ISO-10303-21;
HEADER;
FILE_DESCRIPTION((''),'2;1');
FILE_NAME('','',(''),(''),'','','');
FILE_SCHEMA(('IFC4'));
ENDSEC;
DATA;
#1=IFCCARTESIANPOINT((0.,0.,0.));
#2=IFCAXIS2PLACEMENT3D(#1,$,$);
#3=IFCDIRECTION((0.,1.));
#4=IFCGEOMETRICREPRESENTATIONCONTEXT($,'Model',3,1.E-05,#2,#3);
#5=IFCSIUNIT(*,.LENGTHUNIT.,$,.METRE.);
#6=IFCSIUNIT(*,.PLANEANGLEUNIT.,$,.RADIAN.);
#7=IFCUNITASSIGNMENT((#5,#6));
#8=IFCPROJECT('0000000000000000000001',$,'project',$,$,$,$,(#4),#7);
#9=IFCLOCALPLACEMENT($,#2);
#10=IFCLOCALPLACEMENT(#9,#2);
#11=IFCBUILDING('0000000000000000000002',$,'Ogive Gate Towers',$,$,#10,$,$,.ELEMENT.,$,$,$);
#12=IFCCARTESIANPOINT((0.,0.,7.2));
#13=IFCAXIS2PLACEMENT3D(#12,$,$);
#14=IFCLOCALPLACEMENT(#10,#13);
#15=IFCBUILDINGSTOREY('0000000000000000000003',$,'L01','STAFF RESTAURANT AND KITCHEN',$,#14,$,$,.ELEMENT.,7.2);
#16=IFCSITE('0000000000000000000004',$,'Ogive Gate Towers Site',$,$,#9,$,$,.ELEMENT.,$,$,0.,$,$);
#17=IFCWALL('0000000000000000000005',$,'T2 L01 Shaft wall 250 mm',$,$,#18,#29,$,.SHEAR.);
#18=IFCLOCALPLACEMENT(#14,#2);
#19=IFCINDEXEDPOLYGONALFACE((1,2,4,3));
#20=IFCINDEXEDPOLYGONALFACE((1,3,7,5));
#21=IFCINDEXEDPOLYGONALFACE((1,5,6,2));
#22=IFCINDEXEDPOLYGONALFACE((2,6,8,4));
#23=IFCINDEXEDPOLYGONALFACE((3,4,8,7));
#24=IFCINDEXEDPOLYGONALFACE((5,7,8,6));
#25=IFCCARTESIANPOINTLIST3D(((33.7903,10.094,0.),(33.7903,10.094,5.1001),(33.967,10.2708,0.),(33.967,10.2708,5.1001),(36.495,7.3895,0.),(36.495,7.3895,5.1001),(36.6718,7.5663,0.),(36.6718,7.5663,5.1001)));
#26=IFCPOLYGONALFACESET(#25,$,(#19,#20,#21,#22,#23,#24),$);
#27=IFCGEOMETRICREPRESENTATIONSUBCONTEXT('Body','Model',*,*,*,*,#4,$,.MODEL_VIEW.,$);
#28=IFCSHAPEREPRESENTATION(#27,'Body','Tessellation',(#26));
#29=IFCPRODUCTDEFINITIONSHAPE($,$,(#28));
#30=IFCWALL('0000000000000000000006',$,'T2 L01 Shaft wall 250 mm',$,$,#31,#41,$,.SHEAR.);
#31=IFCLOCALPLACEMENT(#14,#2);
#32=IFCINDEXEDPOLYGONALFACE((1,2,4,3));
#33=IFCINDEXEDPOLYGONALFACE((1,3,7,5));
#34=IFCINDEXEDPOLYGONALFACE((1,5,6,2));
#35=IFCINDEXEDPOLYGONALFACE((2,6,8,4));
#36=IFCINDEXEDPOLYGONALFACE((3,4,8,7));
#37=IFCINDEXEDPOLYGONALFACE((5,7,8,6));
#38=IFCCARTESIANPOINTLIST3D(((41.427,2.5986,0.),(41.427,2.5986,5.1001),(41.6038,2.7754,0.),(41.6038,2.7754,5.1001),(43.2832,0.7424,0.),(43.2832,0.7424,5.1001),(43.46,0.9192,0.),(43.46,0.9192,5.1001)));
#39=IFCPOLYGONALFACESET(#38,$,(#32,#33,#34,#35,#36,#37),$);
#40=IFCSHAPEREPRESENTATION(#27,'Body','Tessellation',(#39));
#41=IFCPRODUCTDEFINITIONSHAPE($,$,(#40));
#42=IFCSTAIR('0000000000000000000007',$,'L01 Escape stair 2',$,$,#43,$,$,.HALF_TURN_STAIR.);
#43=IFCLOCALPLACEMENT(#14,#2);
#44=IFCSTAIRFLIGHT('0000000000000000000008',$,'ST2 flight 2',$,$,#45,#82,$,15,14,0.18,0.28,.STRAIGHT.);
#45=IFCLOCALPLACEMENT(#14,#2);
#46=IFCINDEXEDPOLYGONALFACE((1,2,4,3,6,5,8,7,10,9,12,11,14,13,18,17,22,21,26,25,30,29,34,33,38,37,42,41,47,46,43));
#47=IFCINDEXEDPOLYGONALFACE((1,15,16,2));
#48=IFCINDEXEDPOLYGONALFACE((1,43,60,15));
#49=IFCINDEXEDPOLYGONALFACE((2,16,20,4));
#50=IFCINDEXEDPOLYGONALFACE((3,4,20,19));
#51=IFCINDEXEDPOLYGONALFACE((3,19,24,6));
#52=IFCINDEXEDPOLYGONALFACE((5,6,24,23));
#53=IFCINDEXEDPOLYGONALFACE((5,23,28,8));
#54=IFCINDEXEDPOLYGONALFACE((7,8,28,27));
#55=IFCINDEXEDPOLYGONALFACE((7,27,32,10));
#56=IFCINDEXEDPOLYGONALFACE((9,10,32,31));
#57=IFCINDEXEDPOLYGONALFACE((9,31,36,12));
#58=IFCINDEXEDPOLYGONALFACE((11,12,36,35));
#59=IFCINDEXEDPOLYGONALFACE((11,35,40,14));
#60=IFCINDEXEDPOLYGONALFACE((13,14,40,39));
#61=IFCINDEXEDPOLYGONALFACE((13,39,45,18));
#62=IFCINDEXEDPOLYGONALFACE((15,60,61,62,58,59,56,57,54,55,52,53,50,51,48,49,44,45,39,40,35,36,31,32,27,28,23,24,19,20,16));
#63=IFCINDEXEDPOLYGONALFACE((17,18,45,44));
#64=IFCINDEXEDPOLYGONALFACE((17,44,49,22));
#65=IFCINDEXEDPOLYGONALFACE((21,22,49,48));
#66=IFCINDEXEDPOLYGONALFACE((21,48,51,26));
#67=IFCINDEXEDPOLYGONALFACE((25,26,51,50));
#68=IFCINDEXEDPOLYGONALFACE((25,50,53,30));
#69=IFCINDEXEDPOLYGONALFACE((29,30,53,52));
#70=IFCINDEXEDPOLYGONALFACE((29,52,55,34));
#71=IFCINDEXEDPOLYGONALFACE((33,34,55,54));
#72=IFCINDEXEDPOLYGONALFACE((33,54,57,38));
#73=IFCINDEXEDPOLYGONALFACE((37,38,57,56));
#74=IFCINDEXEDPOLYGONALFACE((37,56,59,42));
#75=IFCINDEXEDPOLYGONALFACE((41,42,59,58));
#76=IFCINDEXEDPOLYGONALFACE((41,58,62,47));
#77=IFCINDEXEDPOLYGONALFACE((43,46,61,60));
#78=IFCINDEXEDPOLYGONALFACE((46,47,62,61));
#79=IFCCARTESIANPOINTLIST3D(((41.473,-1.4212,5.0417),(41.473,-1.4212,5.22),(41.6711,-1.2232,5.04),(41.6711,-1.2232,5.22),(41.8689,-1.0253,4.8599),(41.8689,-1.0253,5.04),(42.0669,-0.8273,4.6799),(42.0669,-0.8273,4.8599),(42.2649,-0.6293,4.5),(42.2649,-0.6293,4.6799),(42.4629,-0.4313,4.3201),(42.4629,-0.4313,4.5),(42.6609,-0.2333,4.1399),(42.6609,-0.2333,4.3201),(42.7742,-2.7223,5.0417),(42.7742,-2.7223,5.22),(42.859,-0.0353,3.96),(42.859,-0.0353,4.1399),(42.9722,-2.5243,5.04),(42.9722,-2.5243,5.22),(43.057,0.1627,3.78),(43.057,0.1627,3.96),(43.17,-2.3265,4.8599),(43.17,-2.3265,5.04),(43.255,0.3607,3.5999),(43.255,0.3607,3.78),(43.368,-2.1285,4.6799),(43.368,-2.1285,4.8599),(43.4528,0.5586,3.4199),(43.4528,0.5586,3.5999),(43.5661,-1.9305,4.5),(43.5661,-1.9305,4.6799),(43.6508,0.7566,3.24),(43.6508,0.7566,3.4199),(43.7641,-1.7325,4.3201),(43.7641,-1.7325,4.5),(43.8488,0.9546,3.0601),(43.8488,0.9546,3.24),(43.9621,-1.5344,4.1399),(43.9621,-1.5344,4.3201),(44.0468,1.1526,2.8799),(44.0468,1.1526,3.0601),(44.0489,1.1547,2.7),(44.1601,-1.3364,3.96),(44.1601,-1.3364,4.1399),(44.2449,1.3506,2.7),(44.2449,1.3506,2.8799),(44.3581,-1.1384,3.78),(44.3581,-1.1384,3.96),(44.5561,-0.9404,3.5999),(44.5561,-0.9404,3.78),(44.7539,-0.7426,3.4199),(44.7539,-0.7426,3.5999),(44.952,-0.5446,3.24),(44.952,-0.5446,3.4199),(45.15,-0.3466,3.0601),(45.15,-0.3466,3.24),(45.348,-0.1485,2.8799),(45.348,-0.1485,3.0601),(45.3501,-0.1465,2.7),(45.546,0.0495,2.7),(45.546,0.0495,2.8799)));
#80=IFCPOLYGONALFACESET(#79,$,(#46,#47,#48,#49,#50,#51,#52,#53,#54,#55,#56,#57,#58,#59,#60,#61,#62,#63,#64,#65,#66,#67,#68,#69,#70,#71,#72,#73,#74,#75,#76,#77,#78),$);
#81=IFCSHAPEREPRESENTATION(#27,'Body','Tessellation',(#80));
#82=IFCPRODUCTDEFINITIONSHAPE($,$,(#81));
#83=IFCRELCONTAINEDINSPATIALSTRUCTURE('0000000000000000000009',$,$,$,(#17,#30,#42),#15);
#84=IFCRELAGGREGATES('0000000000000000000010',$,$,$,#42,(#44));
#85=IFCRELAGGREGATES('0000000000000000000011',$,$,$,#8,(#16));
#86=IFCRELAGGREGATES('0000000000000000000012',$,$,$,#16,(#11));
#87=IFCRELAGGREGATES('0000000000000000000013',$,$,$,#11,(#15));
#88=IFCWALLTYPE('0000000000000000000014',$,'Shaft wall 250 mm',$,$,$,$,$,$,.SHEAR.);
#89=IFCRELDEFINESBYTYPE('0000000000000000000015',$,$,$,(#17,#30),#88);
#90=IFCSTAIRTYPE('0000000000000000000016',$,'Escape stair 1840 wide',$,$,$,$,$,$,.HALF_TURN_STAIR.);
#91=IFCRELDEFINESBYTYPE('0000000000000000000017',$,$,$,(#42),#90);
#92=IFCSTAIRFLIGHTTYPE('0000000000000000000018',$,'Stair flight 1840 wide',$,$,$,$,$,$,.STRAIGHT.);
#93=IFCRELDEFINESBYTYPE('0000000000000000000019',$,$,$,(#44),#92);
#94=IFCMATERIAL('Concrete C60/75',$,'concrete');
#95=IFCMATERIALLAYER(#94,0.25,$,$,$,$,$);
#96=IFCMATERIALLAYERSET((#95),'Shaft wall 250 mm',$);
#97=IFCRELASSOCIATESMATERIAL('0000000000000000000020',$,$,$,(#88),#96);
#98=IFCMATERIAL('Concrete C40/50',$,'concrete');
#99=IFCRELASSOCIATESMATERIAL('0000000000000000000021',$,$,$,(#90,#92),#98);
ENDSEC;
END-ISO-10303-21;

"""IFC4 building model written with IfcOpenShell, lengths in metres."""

from ifc_helpers import new_model, si_unit, direction, frame, frame_2d, origin, place, context, subcontext, project, spatial, polyline, rectangle, outline, extrude, material, layer, layer_set, type_object, element, aggregate, save


model = new_model("IFC4")

# Units and contexts
model_context = context("Model", 3, precision=1e-05, world=origin(), true_north=direction((0.0, 1.0)))
body_context = subcontext(model_context, "Body", "Model", "MODEL_VIEW")
ifc_project = project(units=[si_unit("LENGTHUNIT", "METRE"), si_unit("PLANEANGLEUNIT", "RADIAN")], contexts=[model_context])

# Site, building, storey
site_placement = place(None, origin())
site = spatial("IfcSite", under=ifc_project, at=site_placement, Name="Ogive Gate Towers Site", CompositionType="ELEMENT", RefElevation=0.0)
building_placement = place(site_placement, origin())
building = spatial("IfcBuilding", under=site, at=building_placement, Name="Ogive Gate Towers", CompositionType="ELEMENT")
storey_placement = place(building_placement, frame((0.0, 0.0, 7.2)))
storey = spatial("IfcBuildingStorey", under=building, at=storey_placement, Name="L01", Description="STAFF RESTAURANT AND KITCHEN", CompositionType="ELEMENT", Elevation=7.2)

# Shared definitions
ifc_material_1 = material(Name="Concrete C40/50", Category="concrete")

# Shared definitions
ifc_material_2 = material(Name="Concrete C60/75", Category="concrete")

# Walls
ifc_layer_1 = layer(ifc_material_2, 0.25)
ifc_layer_set_1 = layer_set([ifc_layer_1], Name="Shaft wall 250 mm")
wall_type_1 = type_object("IfcWallType", Name="Shaft wall 250 mm", PredefinedType="SHEAR", material=ifc_layer_set_1)
wall_1_placement = place(storey_placement, frame((36.5835, 7.4778, 0.0), z_axis=(0.0, 0.0, 1.0), x_axis=(-0.707139, 0.707075, 0.0)))
element("IfcWall", 1, at=wall_1_placement, inside=storey, type_object=wall_type_1, Name="T2 L01 Shaft wall 250 mm", PredefinedType="SHEAR", context=body_context, shape_type="SweptSolid", body=[
    extrude(rectangle(XDim=3.825, YDim=0.25, at=frame_2d((1.9126, 0.0))), origin(), (0.0, 0.0, 1.0), 5.1001),
])
wall_2_placement = place(storey_placement, frame((43.3716, 0.8308, 0.0), z_axis=(0.0, 0.0, 1.0), x_axis=(-0.707107, 0.707107, 0.0)))
element("IfcWall", 2, at=wall_2_placement, inside=storey, type_object=wall_type_1, Name="T2 L01 Shaft wall 250 mm", PredefinedType="SHEAR", context=body_context, shape_type="SweptSolid", body=[
    extrude(rectangle(XDim=2.625, YDim=0.25, at=frame_2d((1.3125, 0.0))), origin(), (0.0, 0.0, 1.0), 5.1001),
])

# Stair, stair flight
stair_type = type_object("IfcStairType", Name="Escape stair 1840 wide", PredefinedType="HALF_TURN_STAIR", material=ifc_material_1)
stair_placement = place(storey_placement, origin())
stair = element("IfcStair", 3, at=stair_placement, inside=storey, type_object=stair_type, Name="L01 Escape stair 2", PredefinedType="HALF_TURN_STAIR")
stair_flight_type = type_object("IfcStairFlightType", Name="Stair flight 1840 wide", PredefinedType="STRAIGHT", material=ifc_material_1)
stair_flight_placement = place(storey_placement, frame((44.8955, 0.7, 2.7), z_axis=(0.0, 0.0, 1.0), x_axis=(-0.707107, -0.707107, 0.0)))
stair_flight = element("IfcStairFlight", 4, at=stair_flight_placement, type_object=stair_flight_type, Name="ST2 flight 2", NumberOfRisers=15, NumberOfTreads=14, PredefinedType="STRAIGHT", RiserHeight=0.18, TreadLength=0.28, context=body_context, shape_type="SweptSolid", body=[
    extrude(outline(polyline([(0.0, 0.0), (0.0, 0.1799), (0.28, 0.1799), (0.28, 0.3601), (0.5601, 0.3601), (0.5601, 0.54), (0.8401, 0.54), (0.8401, 0.72), (1.1201, 0.72), (1.1201, 0.8999), (1.3999, 0.8999), (1.3999, 1.0801), (1.6799, 1.0801), (1.6799, 1.26), (1.96, 1.26), (1.96, 1.4399), (2.24, 1.4399), (2.24, 1.6201), (2.52, 1.6201), (2.52, 1.8), (2.8, 1.8), (2.8, 1.98), (3.0801, 1.98), (3.0801, 2.1599), (3.3601, 2.1599), (3.3601, 2.3401), (3.6399, 2.3401), (3.6399, 2.52), (3.9199, 2.52), (3.9199, 2.7), (3.9199, 2.3418), (0.2771, 0.0), (0.0, 0.0)])), frame((0.0, 0.9199, 0.0), z_axis=(0.0, -1.0, 0.0), x_axis=(1.0, 0.0, 0.0)), (0.0, 0.0, 1.0), 1.8401),
])
aggregate(stair, [stair_flight])

save(model, "model.ifc")
